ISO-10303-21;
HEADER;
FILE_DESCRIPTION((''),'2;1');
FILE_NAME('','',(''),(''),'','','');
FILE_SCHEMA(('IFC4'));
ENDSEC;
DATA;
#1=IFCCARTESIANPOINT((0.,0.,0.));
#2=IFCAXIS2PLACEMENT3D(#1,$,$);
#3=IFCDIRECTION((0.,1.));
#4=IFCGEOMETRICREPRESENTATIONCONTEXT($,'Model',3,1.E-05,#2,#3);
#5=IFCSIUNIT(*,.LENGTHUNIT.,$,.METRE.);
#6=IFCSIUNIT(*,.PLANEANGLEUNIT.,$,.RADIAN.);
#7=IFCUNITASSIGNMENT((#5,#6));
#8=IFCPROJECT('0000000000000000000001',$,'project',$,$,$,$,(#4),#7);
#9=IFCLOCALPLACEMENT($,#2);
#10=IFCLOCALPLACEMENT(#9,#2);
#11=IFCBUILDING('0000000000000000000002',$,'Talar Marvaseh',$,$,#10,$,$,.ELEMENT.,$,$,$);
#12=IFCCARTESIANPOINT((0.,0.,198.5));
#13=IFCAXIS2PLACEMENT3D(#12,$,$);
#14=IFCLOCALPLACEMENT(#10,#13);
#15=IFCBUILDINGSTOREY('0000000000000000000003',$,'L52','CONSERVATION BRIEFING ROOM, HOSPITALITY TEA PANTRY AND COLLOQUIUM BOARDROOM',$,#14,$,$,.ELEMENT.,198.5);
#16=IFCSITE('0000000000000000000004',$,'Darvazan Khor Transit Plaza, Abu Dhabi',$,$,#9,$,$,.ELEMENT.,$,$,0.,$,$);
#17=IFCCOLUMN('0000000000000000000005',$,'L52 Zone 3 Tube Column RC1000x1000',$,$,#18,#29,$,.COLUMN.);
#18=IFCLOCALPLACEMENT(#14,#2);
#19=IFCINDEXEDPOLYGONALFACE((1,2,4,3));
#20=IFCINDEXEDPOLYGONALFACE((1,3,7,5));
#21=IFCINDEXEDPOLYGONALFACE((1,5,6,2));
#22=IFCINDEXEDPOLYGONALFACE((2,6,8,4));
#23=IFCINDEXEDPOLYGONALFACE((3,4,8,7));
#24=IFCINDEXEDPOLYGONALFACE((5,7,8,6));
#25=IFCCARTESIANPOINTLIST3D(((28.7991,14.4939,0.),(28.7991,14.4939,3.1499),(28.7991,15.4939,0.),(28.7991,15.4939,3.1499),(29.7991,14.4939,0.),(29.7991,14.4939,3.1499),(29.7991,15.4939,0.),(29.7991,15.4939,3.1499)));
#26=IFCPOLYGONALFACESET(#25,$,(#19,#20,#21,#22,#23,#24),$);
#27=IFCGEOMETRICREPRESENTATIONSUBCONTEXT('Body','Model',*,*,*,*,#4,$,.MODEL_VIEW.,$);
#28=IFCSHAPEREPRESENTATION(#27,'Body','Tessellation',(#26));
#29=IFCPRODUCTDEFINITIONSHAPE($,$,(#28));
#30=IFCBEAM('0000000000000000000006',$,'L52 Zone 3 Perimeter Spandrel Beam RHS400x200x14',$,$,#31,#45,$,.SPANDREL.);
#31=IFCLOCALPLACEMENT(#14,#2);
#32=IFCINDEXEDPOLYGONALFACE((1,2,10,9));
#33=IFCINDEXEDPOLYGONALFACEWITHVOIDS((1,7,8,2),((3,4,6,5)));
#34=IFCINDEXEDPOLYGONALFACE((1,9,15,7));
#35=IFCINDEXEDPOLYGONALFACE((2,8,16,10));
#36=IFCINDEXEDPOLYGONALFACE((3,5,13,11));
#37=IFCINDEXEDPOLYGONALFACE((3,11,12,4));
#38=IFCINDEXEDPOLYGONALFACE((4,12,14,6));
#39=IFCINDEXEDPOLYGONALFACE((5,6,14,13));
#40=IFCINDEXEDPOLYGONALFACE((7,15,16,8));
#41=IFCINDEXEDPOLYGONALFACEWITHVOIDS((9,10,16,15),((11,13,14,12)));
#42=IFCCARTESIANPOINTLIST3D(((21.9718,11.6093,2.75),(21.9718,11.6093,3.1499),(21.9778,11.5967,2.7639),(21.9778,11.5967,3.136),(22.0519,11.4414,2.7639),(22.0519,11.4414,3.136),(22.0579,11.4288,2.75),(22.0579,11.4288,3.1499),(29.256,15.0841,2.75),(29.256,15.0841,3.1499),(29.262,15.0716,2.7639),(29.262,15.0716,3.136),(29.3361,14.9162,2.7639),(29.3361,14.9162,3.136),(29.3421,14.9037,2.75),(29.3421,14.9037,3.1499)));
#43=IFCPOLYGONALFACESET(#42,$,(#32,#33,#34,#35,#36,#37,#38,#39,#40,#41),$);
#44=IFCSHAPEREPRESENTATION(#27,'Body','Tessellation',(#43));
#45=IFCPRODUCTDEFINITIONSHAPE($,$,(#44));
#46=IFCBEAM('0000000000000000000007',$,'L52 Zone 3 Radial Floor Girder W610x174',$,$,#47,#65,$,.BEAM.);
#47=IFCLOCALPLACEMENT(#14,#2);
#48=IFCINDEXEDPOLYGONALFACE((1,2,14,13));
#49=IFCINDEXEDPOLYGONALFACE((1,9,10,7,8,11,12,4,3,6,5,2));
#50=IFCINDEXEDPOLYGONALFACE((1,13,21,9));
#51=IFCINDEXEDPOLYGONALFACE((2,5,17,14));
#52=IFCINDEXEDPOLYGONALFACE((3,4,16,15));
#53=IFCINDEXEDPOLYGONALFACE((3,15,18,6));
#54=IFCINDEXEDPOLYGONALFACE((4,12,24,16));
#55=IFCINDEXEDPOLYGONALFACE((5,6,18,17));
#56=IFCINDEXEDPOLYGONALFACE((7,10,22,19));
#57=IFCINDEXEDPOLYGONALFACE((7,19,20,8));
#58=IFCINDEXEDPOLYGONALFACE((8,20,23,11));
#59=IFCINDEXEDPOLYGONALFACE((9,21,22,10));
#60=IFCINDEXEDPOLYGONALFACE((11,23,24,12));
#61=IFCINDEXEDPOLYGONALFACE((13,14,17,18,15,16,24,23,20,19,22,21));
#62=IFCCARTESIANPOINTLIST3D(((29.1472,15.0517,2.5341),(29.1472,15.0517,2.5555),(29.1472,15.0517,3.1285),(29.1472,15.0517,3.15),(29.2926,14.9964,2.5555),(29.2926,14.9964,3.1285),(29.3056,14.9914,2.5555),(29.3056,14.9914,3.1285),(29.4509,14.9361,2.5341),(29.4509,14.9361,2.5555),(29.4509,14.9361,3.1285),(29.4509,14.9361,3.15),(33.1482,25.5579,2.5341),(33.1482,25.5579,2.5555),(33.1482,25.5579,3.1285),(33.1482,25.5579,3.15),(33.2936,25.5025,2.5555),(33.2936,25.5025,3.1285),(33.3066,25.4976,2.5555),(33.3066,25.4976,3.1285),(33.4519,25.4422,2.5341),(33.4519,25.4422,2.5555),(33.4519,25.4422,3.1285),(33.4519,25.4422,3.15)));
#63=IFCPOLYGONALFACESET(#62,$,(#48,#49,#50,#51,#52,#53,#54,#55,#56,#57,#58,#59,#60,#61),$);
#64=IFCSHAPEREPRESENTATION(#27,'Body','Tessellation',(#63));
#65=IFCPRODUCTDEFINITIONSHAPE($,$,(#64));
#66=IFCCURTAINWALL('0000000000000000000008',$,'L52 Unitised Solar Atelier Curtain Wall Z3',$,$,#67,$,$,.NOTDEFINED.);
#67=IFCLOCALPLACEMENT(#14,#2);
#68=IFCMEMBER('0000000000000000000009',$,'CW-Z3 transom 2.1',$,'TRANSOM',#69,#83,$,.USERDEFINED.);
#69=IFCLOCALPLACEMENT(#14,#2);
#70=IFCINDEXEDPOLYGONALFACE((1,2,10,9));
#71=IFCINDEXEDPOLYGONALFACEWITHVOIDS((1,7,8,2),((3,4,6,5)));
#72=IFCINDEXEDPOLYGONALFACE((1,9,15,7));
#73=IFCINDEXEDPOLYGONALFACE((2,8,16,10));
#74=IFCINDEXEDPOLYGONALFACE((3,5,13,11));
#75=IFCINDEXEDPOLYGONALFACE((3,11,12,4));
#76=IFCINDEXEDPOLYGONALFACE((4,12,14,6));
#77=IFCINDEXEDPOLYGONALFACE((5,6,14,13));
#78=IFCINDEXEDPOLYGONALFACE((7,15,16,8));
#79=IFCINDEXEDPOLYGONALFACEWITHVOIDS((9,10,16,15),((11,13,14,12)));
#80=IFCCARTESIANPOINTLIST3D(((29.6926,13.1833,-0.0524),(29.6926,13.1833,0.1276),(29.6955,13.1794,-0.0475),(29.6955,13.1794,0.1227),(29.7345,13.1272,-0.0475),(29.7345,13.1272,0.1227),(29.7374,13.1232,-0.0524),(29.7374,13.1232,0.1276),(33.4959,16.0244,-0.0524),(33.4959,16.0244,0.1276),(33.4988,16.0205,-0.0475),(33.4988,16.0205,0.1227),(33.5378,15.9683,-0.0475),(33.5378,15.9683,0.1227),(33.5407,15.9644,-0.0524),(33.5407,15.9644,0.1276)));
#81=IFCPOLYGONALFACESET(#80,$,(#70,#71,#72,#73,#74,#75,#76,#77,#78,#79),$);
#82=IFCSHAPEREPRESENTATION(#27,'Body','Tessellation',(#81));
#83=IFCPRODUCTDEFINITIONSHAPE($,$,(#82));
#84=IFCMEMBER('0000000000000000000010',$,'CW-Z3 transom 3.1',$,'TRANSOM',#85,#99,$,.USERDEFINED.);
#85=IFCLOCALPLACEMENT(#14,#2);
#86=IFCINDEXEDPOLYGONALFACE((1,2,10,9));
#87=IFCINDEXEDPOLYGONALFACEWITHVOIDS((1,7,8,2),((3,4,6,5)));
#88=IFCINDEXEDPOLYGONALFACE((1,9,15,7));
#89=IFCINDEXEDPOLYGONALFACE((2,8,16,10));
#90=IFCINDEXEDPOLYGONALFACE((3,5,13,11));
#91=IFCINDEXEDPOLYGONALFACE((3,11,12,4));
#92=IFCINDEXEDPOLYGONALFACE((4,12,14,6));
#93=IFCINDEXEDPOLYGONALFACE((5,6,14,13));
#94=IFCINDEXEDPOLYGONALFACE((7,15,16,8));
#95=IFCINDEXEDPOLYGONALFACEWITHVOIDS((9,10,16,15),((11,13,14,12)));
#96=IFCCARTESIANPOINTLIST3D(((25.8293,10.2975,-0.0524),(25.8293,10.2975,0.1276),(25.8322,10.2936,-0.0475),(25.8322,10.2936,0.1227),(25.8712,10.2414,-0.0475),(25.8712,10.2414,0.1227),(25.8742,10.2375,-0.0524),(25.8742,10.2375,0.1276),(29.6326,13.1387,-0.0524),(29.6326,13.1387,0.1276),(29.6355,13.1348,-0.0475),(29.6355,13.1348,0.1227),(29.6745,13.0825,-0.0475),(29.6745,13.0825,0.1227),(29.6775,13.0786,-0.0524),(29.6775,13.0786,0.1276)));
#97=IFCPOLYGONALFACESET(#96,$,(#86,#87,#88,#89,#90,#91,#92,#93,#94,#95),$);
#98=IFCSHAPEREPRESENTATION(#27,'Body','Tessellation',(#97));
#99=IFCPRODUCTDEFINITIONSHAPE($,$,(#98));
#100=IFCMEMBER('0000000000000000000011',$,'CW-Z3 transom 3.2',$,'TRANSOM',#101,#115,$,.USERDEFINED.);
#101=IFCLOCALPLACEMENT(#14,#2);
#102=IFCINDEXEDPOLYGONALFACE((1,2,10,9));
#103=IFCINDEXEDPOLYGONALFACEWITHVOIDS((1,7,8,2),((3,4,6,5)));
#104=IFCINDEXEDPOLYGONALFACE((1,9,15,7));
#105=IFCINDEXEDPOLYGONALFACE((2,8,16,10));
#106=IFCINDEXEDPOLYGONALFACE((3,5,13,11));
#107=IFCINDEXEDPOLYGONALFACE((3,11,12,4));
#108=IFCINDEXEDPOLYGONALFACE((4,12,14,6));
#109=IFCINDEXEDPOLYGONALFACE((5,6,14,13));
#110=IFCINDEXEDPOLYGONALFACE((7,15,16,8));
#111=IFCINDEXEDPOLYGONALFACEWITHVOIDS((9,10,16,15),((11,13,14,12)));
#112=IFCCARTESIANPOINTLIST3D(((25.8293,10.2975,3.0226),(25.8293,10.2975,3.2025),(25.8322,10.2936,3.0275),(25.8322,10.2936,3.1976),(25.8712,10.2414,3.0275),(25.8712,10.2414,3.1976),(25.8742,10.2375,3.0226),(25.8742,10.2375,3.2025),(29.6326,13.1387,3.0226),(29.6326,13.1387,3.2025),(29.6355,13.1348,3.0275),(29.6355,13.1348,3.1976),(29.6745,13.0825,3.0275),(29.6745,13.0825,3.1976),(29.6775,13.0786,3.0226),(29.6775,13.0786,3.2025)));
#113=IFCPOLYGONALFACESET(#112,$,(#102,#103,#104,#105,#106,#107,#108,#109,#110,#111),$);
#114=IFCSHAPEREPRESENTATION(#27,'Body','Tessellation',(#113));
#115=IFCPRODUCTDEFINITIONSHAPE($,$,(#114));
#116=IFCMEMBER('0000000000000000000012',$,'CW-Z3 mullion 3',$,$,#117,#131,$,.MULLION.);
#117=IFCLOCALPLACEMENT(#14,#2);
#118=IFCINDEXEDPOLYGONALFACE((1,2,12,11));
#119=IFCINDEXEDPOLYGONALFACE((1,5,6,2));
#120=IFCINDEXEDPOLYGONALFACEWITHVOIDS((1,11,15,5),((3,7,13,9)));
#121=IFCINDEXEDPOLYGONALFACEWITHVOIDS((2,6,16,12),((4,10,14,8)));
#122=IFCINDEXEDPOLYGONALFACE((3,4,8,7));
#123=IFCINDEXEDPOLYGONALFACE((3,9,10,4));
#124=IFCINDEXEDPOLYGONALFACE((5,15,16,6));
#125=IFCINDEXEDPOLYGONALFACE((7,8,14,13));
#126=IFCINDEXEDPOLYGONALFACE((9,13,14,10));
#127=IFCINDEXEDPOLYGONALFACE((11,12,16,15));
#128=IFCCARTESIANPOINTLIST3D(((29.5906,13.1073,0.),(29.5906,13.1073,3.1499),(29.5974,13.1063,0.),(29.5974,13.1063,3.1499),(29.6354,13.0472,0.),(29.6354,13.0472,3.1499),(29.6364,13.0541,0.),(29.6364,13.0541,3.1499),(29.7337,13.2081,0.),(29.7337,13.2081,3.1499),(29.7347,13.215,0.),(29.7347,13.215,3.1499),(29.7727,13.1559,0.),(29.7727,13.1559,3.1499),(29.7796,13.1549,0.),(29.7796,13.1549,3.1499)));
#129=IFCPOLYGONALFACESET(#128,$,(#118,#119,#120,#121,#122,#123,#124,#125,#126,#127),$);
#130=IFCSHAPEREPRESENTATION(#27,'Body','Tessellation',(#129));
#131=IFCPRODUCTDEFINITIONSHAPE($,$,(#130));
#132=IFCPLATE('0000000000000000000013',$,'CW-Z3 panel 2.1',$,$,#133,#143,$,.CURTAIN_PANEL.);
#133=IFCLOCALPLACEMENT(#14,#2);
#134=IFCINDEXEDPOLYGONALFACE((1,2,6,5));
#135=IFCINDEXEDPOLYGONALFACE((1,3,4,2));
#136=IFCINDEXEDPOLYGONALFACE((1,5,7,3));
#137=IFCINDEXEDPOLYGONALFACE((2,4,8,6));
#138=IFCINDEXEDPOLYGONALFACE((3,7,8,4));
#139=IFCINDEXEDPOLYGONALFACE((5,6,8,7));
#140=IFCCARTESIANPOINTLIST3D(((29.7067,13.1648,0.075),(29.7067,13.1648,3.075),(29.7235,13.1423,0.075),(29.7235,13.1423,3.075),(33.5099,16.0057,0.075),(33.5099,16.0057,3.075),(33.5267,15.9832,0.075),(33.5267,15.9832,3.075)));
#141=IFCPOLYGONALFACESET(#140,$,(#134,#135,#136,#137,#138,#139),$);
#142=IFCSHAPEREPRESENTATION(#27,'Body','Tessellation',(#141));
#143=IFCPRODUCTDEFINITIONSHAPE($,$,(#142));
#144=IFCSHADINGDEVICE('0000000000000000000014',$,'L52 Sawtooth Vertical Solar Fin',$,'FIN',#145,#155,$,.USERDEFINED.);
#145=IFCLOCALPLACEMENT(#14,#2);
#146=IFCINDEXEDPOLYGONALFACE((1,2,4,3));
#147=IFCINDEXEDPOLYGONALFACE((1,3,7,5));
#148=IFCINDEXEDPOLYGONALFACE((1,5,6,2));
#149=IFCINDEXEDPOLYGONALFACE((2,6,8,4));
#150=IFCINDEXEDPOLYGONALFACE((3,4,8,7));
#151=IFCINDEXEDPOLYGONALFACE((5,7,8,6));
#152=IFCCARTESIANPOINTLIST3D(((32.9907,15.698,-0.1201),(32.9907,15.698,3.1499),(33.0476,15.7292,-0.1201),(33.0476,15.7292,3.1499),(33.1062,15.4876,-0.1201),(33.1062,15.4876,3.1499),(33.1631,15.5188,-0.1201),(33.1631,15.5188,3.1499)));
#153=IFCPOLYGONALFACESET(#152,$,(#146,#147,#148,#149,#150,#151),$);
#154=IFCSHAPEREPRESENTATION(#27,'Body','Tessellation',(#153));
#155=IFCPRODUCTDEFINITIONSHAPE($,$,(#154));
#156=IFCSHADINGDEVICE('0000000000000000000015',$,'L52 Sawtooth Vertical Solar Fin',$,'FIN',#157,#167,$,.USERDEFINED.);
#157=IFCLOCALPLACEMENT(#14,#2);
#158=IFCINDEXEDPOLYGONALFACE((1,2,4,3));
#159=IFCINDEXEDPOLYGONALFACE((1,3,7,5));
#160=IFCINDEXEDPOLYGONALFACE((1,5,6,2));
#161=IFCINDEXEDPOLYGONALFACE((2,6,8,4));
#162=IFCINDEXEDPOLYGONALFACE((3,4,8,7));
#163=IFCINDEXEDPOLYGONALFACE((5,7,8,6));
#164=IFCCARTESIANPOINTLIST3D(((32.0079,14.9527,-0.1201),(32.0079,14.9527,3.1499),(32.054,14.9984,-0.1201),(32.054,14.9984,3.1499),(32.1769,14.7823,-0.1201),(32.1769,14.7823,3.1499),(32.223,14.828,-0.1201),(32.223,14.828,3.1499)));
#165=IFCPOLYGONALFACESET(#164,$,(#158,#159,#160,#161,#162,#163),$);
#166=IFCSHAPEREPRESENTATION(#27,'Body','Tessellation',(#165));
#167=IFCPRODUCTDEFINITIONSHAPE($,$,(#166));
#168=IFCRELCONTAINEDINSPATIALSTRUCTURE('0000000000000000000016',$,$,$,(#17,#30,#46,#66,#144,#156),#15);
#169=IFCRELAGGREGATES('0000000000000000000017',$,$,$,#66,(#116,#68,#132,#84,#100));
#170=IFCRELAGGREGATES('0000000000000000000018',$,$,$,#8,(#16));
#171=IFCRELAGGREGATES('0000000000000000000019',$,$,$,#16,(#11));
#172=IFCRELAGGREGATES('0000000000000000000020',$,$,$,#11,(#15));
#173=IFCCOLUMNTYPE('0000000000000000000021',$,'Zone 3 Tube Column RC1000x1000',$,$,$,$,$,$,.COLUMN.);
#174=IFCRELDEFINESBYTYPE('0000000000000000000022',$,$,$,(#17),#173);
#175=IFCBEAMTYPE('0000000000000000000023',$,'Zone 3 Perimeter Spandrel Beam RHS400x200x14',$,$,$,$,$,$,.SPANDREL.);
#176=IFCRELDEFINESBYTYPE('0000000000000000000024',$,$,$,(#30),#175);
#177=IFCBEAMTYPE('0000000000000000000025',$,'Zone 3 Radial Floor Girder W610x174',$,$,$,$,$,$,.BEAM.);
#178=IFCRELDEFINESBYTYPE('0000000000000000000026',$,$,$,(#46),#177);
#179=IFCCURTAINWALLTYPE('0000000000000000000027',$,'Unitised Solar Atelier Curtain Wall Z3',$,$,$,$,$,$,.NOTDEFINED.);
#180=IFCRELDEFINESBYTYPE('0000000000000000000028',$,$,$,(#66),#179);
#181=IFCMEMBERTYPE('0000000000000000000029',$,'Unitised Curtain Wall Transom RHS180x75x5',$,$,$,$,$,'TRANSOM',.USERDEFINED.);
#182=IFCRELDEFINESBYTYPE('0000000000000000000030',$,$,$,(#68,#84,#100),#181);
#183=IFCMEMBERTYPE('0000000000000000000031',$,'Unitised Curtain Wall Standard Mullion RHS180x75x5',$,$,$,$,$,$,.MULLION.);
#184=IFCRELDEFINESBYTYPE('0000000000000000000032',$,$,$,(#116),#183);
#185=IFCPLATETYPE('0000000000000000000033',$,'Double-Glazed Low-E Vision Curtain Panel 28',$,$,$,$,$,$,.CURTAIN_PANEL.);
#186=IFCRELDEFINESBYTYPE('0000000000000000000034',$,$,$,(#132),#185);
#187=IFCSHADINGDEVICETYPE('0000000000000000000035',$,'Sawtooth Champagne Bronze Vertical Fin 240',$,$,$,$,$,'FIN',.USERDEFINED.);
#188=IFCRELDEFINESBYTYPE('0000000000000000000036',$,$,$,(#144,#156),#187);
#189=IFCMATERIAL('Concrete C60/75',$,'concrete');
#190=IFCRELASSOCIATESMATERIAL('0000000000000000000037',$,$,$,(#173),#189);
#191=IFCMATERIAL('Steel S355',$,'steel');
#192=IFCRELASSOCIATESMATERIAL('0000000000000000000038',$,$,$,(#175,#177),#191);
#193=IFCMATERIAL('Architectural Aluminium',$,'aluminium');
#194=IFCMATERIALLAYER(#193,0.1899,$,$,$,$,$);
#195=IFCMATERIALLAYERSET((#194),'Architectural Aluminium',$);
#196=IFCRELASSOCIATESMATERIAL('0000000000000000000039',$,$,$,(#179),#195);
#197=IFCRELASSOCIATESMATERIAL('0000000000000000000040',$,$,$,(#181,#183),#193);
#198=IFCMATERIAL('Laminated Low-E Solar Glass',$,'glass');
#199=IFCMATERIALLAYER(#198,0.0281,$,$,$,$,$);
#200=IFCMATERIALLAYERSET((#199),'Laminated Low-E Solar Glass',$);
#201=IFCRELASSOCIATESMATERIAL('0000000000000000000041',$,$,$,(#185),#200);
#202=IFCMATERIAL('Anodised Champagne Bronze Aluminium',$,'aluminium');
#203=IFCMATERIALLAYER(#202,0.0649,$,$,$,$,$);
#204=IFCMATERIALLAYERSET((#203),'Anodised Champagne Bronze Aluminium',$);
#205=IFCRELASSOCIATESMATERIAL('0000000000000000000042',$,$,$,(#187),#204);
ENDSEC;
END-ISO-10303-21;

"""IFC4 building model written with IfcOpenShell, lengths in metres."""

from ifc_helpers import new_model, si_unit, direction, frame, origin, origin_2d, place, context, subcontext, project, spatial, rectangle, hollow_rectangle, i_section, extrude, source, transform, mapped, material, layer, layer_set, material_profile, profile_set, type_object, type_shapes, element, aggregate, save


model = new_model("IFC4")

# Units and contexts
model_context = context("Model", 3, precision=1e-05, world=origin(), true_north=direction((0.0, 1.0)))
body_context = subcontext(model_context, "Body", "Model", "MODEL_VIEW")
ifc_project = project(units=[si_unit("LENGTHUNIT", "METRE"), si_unit("PLANEANGLEUNIT", "RADIAN")], contexts=[model_context])

# Site, building, storey
site_placement = place(None, origin())
site = spatial("IfcSite", under=ifc_project, at=site_placement, Name="Darvazan Khor Transit Plaza, Abu Dhabi", CompositionType="ELEMENT", RefElevation=0.0)
building_placement = place(site_placement, origin())
building = spatial("IfcBuilding", under=site, at=building_placement, Name="Talar Marvaseh", CompositionType="ELEMENT")
storey_placement = place(building_placement, frame((0.0, 0.0, 198.5)))
storey = spatial("IfcBuildingStorey", under=building, at=storey_placement, Name="L52", Description="CONSERVATION BRIEFING ROOM, HOSPITALITY TEA PANTRY AND COLLOQUIUM BOARDROOM", CompositionType="ELEMENT", Elevation=198.5)

# Column
ifc_material_1 = material(Name="Concrete C60/75", Category="concrete")
ifc_material_profile_1 = material_profile(ifc_material_1, rectangle(XDim=1.0, YDim=1.0, at=origin_2d()), Name="RC1000x1000")
ifc_profile_set_1 = profile_set([ifc_material_profile_1], Name="Concrete C60/75")
column_type = type_object("IfcColumnType", Name="Zone 3 Tube Column RC1000x1000", PredefinedType="COLUMN", material=ifc_profile_set_1)
column_placement = place(storey_placement, frame((29.2991, 14.9939, 0.0), z_axis=(0.0, 0.0, 1.0), x_axis=(1.0, 0.0, 0.0)))
element("IfcColumn", 1, at=column_placement, inside=storey, type_object=column_type, Name="L52 Zone 3 Tube Column RC1000x1000", PredefinedType="COLUMN", context=body_context, shape_type="SweptSolid", body=[
    extrude(rectangle(XDim=1.0, YDim=1.0, at=origin_2d()), origin(), (0.0, 0.0, 1.0), 3.1499),
])

# Beams
ifc_material_2 = material(Name="Steel S355", Category="steel")
ifc_material_profile_2 = material_profile(ifc_material_2, hollow_rectangle(XDim=0.2, YDim=0.3999, WallThickness=0.0139, at=origin_2d()), Name="RHS400x200x14")
ifc_profile_set_2 = profile_set([ifc_material_profile_2], Name="Steel S355")
beam_type_1 = type_object("IfcBeamType", Name="Zone 3 Perimeter Spandrel Beam RHS400x200x14", PredefinedType="SPANDREL", material=ifc_profile_set_2)
beam_1_placement = place(storey_placement, frame((29.2991, 14.9939, 2.95), z_axis=(-0.902562, -0.430559, 0.0), x_axis=(0.430559, -0.902562, 0.0)))
element("IfcBeam", 2, at=beam_1_placement, inside=storey, type_object=beam_type_1, Name="L52 Zone 3 Perimeter Spandrel Beam RHS400x200x14", PredefinedType="SPANDREL", context=body_context, shape_type="SweptSolid", body=[
    extrude(hollow_rectangle(XDim=0.2, YDim=0.3999, WallThickness=0.0139, at=origin_2d()), origin(), (0.0, 0.0, 1.0), 8.0706),
])
ifc_material_profile_3 = material_profile(ifc_material_2, i_section(OverallWidth=0.325, OverallDepth=0.616, WebThickness=0.0139, FlangeThickness=0.0215, at=origin_2d()), Name="W610x174")
ifc_profile_set_3 = profile_set([ifc_material_profile_3], Name="Steel S355")
beam_type_2 = type_object("IfcBeamType", Name="Zone 3 Radial Floor Girder W610x174", PredefinedType="BEAM", material=ifc_profile_set_3)
beam_2_placement = place(storey_placement, frame((29.2991, 14.9939, 2.842), z_axis=(0.355891, 0.934528, 0.0), x_axis=(-0.934528, 0.355891, 0.0)))
element("IfcBeam", 3, at=beam_2_placement, inside=storey, type_object=beam_type_2, Name="L52 Zone 3 Radial Floor Girder W610x174", PredefinedType="BEAM", context=body_context, shape_type="SweptSolid", body=[
    extrude(i_section(OverallWidth=0.325, OverallDepth=0.616, WebThickness=0.0139, FlangeThickness=0.0215, at=origin_2d()), origin(), (0.0, 0.0, 1.0), 11.2422),
])

# Curtain wall, members, plate
ifc_material_3 = material(Name="Architectural Aluminium", Category="aluminium")
ifc_layer_1 = layer(ifc_material_3, 0.1899)
ifc_layer_set_1 = layer_set([ifc_layer_1], Name="Architectural Aluminium")
curtain_wall_type = type_object("IfcCurtainWallType", Name="Unitised Solar Atelier Curtain Wall Z3", PredefinedType="NOTDEFINED", material=ifc_layer_set_1)
curtain_wall_placement = place(storey_placement, origin())
curtain_wall = element("IfcCurtainWall", 4, at=curtain_wall_placement, inside=storey, type_object=curtain_wall_type, Name="L52 Unitised Solar Atelier Curtain Wall Z3", PredefinedType="NOTDEFINED")
ifc_material_profile_4 = material_profile(ifc_material_3, hollow_rectangle(XDim=0.075, YDim=0.1799, WallThickness=0.0049, at=origin_2d()), Name="RHS180x75x5")
ifc_profile_set_4 = profile_set([ifc_material_profile_4], Name="Architectural Aluminium")
member_type_1 = type_object("IfcMemberType", Name="Unitised Curtain Wall Transom RHS180x75x5", ElementType="TRANSOM", PredefinedType="USERDEFINED", material=ifc_profile_set_4)
shared_shape_1 = source(origin(), body_context, "Body", "SweptSolid", [
    extrude(hollow_rectangle(XDim=0.075, YDim=0.1799, WallThickness=0.0049, at=origin_2d()), origin(), (0.0, 0.0, 1.0), 4.7473),
])
type_shapes(member_type_1, [shared_shape_1])
member_1_placement = place(storey_placement, frame((33.5183, 15.9944, 0.0376), z_axis=(-0.801146, -0.598468, 0.0), x_axis=(0.598468, -0.801146, 0.0)))
member_1 = element("IfcMember", 5, at=member_1_placement, type_object=member_type_1, Name="CW-Z3 transom 2.1", ObjectType="TRANSOM", PredefinedType="USERDEFINED", context=body_context, shape_type="MappedRepresentation", body=[
    mapped(shared_shape_1, transform((0.0, 0.0, 0.0), x_axis=(1.0, 0.0, 0.0), y_axis=(0.0, 1.0, 0.0), z_axis=(0.0, 0.0, 1.0), scale=1.0)),
])
member_2_placement = place(storey_placement, frame((29.655, 13.1086, 0.0376), z_axis=(-0.801146, -0.598468, 0.0), x_axis=(0.598468, -0.801146, 0.0)))
member_2 = element("IfcMember", 6, at=member_2_placement, type_object=member_type_1, Name="CW-Z3 transom 3.1", ObjectType="TRANSOM", PredefinedType="USERDEFINED", context=body_context, shape_type="MappedRepresentation", body=[
    mapped(shared_shape_1, transform((0.0, 0.0, 0.0), x_axis=(1.0, 0.0, 0.0), y_axis=(0.0, 1.0, 0.0), z_axis=(0.0, 0.0, 1.0), scale=1.0)),
])
member_3_placement = place(storey_placement, frame((29.655, 13.1086, 3.1125), z_axis=(-0.801146, -0.598468, 0.0), x_axis=(0.598468, -0.801146, 0.0)))
member_3 = element("IfcMember", 7, at=member_3_placement, type_object=member_type_1, Name="CW-Z3 transom 3.2", ObjectType="TRANSOM", PredefinedType="USERDEFINED", context=body_context, shape_type="MappedRepresentation", body=[
    mapped(shared_shape_1, transform((0.0, 0.0, 0.0), x_axis=(1.0, 0.0, 0.0), y_axis=(0.0, 1.0, 0.0), z_axis=(0.0, 0.0, 1.0), scale=1.0)),
])
ifc_material_profile_5 = material_profile(ifc_material_3, hollow_rectangle(XDim=0.075, YDim=0.1799, WallThickness=0.0049, at=origin_2d()), Name="RHS180x75x5")
ifc_profile_set_5 = profile_set([ifc_material_profile_5], Name="Architectural Aluminium")
member_type_2 = type_object("IfcMemberType", Name="Unitised Curtain Wall Standard Mullion RHS180x75x5", PredefinedType="MULLION", material=ifc_profile_set_5)
shared_shape_2 = source(origin(), body_context, "Body", "SweptSolid", [
    extrude(hollow_rectangle(XDim=0.075, YDim=0.1799, WallThickness=0.0049, at=origin_2d()), origin(), (0.0, 0.0, 1.0), 3.1499),
])
type_shapes(member_type_2, [shared_shape_2])
member_4_placement = place(storey_placement, frame((29.6851, 13.1311, 0.0), z_axis=(0.0, 0.0, 1.0), x_axis=(0.598448, -0.801162, 0.0)))
member_4 = element("IfcMember", 8, at=member_4_placement, type_object=member_type_2, Name="CW-Z3 mullion 3", PredefinedType="MULLION", context=body_context, shape_type="MappedRepresentation", body=[
    mapped(shared_shape_2, transform((0.0, 0.0, 0.0), x_axis=(1.0, 0.0, 0.0), y_axis=(0.0, 1.0, 0.0), z_axis=(0.0, 0.0, 1.0), scale=1.0)),
])
ifc_material_4 = material(Name="Laminated Low-E Solar Glass", Category="glass")
ifc_layer_2 = layer(ifc_material_4, 0.0281)
ifc_layer_set_2 = layer_set([ifc_layer_2], Name="Laminated Low-E Solar Glass")
plate_type = type_object("IfcPlateType", Name="Double-Glazed Low-E Vision Curtain Panel 28", PredefinedType="CURTAIN_PANEL", material=ifc_layer_set_2)
shared_shape_3 = source(origin(), body_context, "Body", "SweptSolid", [
    extrude(rectangle(XDim=4.7471, YDim=0.0281, at=origin_2d()), origin(), (0.0, 0.0, 1.0), 3.0),
])
type_shapes(plate_type, [shared_shape_3])
plate_placement = place(storey_placement, frame((31.6167, 14.574, 0.075), z_axis=(0.0, 0.0, 1.0), x_axis=(-0.801162, -0.598448, 0.0)))
plate = element("IfcPlate", 9, at=plate_placement, type_object=plate_type, Name="CW-Z3 panel 2.1", PredefinedType="CURTAIN_PANEL", context=body_context, shape_type="MappedRepresentation", body=[
    mapped(shared_shape_3, transform((0.0, 0.0, 0.0), x_axis=(1.0, 0.0, 0.0), y_axis=(0.0, 1.0, 0.0), z_axis=(0.0, 0.0, 1.0), scale=1.0)),
])
aggregate(curtain_wall, [member_4, member_1, plate, member_2, member_3])

# Shading devices
ifc_material_5 = material(Name="Anodised Champagne Bronze Aluminium", Category="aluminium")
ifc_layer_3 = layer(ifc_material_5, 0.0649)
ifc_layer_set_3 = layer_set([ifc_layer_3], Name="Anodised Champagne Bronze Aluminium")
shading_device_type = type_object("IfcShadingDeviceType", Name="Sawtooth Champagne Bronze Vertical Fin 240", ElementType="FIN", PredefinedType="USERDEFINED", material=ifc_layer_set_3)
shared_shape_4 = source(origin(), body_context, "Body", "SweptSolid", [
    extrude(rectangle(XDim=0.24, YDim=0.0649, at=origin_2d()), origin(), (0.0, 0.0, 1.0), 3.27),
])
type_shapes(shading_device_type, [shared_shape_4])
for number, where, z_axis, x_axis, name in (
    (10, (33.0769, 15.6084, -0.1201), (0.0, 0.0, 1.0), (0.481142, -0.876643, 0.0), "L52 Sawtooth Vertical Solar Fin"),
    (11, (32.1155, 14.8904, -0.1201), (0.0, 0.0, 1.0), (0.704139, -0.710062, 0.0), "L52 Sawtooth Vertical Solar Fin"),
):
    element("IfcShadingDevice", number, at=place(storey_placement, frame(where, z_axis=z_axis, x_axis=x_axis)), inside=storey, type_object=shading_device_type, Name=name, ObjectType="FIN", PredefinedType="USERDEFINED", context=body_context, shape_type="MappedRepresentation", body=[
        mapped(shared_shape_4, transform((0.0, 0.0, 0.0), x_axis=(1.0, 0.0, 0.0), y_axis=(0.0, 1.0, 0.0), z_axis=(0.0, 0.0, 1.0), scale=1.0)),
    ])

save(model, "model.ifc")
